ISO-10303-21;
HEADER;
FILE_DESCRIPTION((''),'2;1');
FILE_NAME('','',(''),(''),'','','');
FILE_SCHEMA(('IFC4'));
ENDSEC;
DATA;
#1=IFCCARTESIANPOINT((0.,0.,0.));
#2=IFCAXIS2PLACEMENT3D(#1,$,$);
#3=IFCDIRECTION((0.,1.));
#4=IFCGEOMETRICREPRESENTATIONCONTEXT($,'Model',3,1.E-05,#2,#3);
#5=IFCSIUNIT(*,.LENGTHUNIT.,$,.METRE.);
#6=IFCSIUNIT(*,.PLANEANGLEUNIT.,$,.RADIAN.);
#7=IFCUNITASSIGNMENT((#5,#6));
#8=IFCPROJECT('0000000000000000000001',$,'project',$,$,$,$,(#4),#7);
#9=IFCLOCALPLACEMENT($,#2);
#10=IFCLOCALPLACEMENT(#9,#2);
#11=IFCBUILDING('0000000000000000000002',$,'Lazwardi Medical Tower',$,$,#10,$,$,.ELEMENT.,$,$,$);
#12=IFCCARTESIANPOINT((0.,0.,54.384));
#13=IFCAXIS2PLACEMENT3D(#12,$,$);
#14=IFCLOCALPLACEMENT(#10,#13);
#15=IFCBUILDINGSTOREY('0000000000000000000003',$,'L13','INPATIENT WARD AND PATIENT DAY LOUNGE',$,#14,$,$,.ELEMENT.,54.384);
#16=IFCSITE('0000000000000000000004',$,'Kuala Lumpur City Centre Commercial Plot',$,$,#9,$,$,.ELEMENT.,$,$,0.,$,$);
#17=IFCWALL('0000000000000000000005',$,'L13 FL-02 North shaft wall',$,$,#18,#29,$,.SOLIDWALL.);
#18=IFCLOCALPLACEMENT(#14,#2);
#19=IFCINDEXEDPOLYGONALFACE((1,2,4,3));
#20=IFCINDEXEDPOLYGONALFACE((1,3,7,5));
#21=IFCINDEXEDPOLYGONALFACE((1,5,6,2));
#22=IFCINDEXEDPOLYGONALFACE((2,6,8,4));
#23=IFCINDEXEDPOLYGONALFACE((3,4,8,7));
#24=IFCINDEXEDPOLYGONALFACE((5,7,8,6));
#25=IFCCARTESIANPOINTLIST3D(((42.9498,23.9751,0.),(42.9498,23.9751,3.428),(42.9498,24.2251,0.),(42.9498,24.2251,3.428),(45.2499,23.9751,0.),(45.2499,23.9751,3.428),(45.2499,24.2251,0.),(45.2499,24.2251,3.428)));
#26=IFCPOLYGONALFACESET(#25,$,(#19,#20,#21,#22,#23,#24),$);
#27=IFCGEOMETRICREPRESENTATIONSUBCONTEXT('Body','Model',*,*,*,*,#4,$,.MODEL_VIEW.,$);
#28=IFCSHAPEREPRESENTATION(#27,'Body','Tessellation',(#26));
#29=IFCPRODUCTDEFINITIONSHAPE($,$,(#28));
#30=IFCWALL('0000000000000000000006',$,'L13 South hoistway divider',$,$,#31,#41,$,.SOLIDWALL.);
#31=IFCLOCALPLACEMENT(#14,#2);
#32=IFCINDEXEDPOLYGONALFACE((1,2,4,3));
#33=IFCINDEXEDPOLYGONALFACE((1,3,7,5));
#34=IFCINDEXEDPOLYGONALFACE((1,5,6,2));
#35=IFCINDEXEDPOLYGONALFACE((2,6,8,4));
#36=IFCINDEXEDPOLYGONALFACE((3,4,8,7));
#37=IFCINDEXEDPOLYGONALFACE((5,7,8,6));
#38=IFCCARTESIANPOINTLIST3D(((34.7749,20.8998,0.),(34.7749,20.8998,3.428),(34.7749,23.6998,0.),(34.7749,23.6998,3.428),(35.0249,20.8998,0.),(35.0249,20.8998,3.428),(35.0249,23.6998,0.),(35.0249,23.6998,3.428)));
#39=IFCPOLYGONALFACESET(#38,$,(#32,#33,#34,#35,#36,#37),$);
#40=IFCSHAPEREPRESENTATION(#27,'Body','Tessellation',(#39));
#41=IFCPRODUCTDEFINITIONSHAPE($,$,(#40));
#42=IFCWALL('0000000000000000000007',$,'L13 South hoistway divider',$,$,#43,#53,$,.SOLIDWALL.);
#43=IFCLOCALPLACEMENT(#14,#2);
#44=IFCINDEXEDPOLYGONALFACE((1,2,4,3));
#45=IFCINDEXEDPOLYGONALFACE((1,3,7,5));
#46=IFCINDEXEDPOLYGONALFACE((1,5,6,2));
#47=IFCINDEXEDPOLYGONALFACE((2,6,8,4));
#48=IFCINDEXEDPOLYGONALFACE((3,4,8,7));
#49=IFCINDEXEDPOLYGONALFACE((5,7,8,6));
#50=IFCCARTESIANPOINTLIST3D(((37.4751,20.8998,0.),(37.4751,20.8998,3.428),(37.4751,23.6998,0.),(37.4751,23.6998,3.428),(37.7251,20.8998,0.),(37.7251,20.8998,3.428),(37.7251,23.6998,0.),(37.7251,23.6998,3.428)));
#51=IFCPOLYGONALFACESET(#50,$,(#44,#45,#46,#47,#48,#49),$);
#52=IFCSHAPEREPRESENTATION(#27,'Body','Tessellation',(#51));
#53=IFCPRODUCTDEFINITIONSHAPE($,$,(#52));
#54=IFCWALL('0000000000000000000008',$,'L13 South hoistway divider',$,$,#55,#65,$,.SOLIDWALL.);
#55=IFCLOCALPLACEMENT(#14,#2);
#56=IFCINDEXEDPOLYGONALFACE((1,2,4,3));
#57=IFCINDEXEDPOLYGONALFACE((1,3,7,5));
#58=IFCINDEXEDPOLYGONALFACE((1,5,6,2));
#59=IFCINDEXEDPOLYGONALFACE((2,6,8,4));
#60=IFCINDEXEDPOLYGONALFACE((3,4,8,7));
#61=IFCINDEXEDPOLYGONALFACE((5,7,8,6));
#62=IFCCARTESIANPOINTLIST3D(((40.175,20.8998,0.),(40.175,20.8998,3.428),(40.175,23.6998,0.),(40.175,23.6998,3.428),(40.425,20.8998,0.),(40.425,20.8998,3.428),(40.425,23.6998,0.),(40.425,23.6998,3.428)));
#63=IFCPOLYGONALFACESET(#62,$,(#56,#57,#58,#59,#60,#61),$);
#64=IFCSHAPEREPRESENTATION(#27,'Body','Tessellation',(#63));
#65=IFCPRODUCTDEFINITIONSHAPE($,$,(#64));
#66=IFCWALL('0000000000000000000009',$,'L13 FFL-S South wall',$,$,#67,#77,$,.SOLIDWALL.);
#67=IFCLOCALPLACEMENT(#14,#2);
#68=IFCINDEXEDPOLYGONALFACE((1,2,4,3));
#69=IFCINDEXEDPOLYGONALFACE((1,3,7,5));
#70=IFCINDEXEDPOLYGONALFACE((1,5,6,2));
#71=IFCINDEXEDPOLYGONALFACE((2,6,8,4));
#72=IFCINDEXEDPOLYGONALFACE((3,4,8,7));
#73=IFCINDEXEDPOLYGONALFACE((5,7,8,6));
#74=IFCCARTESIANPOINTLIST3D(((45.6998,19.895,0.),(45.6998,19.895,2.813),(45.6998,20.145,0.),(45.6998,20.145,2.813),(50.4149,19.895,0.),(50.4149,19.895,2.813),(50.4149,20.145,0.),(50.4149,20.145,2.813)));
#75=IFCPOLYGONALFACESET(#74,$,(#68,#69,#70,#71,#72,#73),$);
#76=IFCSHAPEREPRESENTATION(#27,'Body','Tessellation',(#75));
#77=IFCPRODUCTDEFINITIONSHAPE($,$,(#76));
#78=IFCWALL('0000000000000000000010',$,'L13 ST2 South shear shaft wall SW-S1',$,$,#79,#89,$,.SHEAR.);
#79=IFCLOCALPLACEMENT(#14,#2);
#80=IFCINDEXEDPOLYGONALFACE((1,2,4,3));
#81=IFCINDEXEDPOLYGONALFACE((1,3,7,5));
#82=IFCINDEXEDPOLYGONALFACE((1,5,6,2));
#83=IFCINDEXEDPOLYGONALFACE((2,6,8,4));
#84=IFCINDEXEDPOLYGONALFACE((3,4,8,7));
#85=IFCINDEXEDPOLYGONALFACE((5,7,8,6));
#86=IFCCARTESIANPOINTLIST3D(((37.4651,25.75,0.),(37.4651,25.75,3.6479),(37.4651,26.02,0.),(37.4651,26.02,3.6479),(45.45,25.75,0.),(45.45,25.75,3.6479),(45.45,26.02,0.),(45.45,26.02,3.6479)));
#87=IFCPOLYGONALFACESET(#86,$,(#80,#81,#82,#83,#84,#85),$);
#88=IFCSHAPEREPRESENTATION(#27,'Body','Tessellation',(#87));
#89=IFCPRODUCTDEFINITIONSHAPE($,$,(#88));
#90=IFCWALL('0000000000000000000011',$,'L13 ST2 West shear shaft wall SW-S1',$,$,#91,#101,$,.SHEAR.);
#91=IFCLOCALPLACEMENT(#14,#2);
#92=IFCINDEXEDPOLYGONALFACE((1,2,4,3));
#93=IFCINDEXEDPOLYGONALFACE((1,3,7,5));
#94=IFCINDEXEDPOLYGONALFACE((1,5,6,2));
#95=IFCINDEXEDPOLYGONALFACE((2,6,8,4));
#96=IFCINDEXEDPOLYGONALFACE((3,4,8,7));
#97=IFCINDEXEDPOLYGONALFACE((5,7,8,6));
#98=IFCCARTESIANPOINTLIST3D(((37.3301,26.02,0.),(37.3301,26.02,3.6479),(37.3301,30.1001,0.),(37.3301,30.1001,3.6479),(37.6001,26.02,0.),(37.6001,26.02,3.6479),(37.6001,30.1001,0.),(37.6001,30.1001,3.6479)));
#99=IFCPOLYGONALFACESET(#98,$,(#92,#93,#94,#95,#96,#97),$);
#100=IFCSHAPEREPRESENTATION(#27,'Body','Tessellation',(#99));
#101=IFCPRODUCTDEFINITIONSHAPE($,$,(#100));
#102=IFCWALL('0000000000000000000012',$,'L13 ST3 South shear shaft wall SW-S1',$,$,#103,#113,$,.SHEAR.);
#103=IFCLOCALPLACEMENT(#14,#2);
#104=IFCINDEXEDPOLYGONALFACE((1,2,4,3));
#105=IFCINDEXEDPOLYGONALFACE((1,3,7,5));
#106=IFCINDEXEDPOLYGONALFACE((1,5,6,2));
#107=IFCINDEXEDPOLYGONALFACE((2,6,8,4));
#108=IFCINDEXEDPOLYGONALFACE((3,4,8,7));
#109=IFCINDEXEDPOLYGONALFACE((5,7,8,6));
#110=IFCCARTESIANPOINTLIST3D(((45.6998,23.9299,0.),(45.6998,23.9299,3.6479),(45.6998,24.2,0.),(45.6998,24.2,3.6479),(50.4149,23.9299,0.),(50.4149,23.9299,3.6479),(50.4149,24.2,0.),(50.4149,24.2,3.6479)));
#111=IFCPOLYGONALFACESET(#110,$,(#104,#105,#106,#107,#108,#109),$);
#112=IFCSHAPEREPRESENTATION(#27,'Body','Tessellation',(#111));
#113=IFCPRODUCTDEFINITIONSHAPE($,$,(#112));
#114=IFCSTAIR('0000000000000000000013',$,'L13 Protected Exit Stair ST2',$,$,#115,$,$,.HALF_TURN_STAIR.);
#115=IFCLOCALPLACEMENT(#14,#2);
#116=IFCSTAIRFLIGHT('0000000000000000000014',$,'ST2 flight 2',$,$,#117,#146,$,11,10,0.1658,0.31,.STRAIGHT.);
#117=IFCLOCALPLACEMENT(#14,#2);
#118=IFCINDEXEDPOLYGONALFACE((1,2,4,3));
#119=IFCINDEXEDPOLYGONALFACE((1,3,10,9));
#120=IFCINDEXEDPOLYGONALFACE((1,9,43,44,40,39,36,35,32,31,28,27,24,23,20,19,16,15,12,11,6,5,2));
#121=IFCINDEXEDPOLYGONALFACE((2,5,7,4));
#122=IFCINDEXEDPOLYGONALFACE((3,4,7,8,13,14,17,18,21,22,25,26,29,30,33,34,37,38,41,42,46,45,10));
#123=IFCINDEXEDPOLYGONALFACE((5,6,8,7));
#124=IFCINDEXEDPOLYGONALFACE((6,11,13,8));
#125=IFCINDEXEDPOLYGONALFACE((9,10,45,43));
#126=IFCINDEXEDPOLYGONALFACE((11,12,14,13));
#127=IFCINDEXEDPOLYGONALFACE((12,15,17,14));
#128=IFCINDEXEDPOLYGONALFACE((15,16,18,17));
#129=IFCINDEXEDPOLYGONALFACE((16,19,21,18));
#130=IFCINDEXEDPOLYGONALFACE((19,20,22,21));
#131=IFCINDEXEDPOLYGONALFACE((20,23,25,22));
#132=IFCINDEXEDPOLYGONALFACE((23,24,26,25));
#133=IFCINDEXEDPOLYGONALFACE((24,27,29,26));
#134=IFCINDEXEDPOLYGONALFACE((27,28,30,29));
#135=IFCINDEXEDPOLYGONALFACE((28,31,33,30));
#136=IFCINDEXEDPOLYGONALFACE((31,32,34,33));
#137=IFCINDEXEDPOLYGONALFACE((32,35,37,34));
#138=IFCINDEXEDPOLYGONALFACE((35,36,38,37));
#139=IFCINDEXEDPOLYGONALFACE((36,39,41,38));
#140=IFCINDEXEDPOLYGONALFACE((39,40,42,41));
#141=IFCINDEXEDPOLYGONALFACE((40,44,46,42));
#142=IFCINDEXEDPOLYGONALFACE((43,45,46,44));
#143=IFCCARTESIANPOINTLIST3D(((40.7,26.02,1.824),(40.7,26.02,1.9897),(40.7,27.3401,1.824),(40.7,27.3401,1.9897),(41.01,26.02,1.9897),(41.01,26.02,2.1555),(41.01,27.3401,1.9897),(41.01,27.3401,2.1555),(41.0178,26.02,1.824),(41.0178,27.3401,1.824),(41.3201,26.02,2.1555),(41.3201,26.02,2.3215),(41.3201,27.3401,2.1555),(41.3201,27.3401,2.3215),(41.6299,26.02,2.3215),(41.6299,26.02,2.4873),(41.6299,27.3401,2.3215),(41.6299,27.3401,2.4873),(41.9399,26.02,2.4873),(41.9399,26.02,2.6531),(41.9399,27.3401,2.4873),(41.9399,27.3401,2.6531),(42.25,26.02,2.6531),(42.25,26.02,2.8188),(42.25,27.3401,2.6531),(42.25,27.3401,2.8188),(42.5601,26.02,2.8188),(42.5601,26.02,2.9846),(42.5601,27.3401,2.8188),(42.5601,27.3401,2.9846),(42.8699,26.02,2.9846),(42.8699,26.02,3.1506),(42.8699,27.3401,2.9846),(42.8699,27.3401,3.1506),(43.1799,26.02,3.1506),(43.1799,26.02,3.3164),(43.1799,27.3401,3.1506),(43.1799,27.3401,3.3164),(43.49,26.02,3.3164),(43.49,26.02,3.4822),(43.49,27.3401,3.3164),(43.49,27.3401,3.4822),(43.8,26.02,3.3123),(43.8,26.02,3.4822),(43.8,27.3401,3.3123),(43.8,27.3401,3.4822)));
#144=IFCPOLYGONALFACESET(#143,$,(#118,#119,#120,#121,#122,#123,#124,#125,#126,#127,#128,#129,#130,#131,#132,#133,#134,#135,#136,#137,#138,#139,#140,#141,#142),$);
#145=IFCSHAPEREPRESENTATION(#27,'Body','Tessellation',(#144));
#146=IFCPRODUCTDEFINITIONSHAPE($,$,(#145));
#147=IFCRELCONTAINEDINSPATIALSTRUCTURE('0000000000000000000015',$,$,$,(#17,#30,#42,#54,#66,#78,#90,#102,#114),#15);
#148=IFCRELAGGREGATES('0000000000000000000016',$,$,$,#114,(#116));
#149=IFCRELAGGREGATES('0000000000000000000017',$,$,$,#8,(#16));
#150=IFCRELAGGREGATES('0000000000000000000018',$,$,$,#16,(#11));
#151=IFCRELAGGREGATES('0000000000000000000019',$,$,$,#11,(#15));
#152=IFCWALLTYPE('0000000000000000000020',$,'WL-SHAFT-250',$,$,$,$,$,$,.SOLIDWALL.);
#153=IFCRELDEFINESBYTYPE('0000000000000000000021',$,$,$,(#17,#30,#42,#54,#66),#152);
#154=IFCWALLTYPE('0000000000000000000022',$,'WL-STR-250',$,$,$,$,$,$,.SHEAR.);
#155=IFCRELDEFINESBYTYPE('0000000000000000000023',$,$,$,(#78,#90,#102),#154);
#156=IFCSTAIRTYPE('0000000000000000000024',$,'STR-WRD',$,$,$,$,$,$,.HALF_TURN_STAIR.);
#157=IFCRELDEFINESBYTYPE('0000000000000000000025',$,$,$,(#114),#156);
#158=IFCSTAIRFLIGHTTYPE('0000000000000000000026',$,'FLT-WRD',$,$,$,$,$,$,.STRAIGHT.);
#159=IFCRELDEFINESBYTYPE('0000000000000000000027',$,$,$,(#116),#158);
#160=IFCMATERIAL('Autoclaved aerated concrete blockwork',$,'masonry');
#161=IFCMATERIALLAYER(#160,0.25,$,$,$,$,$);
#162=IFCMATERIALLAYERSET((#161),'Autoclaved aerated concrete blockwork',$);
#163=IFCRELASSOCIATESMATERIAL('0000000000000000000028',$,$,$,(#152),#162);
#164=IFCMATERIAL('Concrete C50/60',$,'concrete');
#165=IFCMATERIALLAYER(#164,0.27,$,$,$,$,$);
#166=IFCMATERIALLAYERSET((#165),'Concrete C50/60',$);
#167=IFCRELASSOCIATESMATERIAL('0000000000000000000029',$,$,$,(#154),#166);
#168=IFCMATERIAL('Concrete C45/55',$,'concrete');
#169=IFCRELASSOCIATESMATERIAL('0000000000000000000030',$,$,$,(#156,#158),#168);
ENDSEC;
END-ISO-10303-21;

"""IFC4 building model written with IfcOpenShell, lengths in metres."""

from ifc_helpers import new_model, si_unit, direction, frame, frame_2d, origin, place, context, subcontext, project, spatial, polyline, rectangle, outline, extrude, material, layer, layer_set, type_object, element, aggregate, save


model = new_model("IFC4")

# Units and contexts
model_context = context("Model", 3, precision=1e-05, world=origin(), true_north=direction((0.0, 1.0)))
body_context = subcontext(model_context, "Body", "Model", "MODEL_VIEW")
ifc_project = project(units=[si_unit("LENGTHUNIT", "METRE"), si_unit("PLANEANGLEUNIT", "RADIAN")], contexts=[model_context])

# Site, building, storey
site_placement = place(None, origin())
site = spatial("IfcSite", under=ifc_project, at=site_placement, Name="Kuala Lumpur City Centre Commercial Plot", CompositionType="ELEMENT", RefElevation=0.0)
building_placement = place(site_placement, origin())
building = spatial("IfcBuilding", under=site, at=building_placement, Name="Lazwardi Medical Tower", CompositionType="ELEMENT")
storey_placement = place(building_placement, frame((0.0, 0.0, 54.384)))
storey = spatial("IfcBuildingStorey", under=building, at=storey_placement, Name="L13", Description="INPATIENT WARD AND PATIENT DAY LOUNGE", CompositionType="ELEMENT", Elevation=54.384)

# Walls
ifc_material_1 = material(Name="Autoclaved aerated concrete blockwork", Category="masonry")
ifc_layer_1 = layer(ifc_material_1, 0.25)
ifc_layer_set_1 = layer_set([ifc_layer_1], Name="Autoclaved aerated concrete blockwork")
wall_type_1 = type_object("IfcWallType", Name="WL-SHAFT-250", PredefinedType="SOLIDWALL", material=ifc_layer_set_1)
wall_1_placement = place(storey_placement, frame((42.95, 24.1001, 0.0), z_axis=(0.0, 0.0, 1.0), x_axis=(1.0, 0.0, 0.0)))
element("IfcWall", 1, at=wall_1_placement, inside=storey, type_object=wall_type_1, Name="L13 FL-02 North shaft wall", PredefinedType="SOLIDWALL", context=body_context, shape_type="SweptSolid", body=[
    extrude(rectangle(XDim=2.3, YDim=0.25, at=frame_2d((1.1499, 0.0))), origin(), (0.0, 0.0, 1.0), 3.428),
])
for number, where, z_axis, x_axis, name in (
    (2, (34.8999, 20.8999, 0.0), (0.0, 0.0, 1.0), (0.0, 1.0, 0.0), "L13 South hoistway divider"),
    (3, (37.6001, 20.8999, 0.0), (0.0, 0.0, 1.0), (0.0, 1.0, 0.0), "L13 South hoistway divider"),
    (4, (40.3, 20.8999, 0.0), (0.0, 0.0, 1.0), (0.0, 1.0, 0.0), "L13 South hoistway divider"),
):
    element("IfcWall", number, at=place(storey_placement, frame(where, z_axis=z_axis, x_axis=x_axis)), inside=storey, type_object=wall_type_1, Name=name, PredefinedType="SOLIDWALL", context=body_context, shape_type="SweptSolid", body=[
        extrude(rectangle(XDim=2.8, YDim=0.25, at=frame_2d((1.3999, 0.0))), origin(), (0.0, 0.0, 1.0), 3.428),
    ])
wall_2_placement = place(storey_placement, frame((45.7, 20.02, 0.0), z_axis=(0.0, 0.0, 1.0), x_axis=(1.0, 0.0, 0.0)))
element("IfcWall", 5, at=wall_2_placement, inside=storey, type_object=wall_type_1, Name="L13 FFL-S South wall", PredefinedType="SOLIDWALL", context=body_context, shape_type="SweptSolid", body=[
    extrude(rectangle(XDim=4.7151, YDim=0.25, at=frame_2d((2.3574, 0.0))), origin(), (0.0, 0.0, 1.0), 2.813),
])
ifc_material_2 = material(Name="Concrete C50/60", Category="concrete")
ifc_layer_2 = layer(ifc_material_2, 0.27)
ifc_layer_set_2 = layer_set([ifc_layer_2], Name="Concrete C50/60")
wall_type_2 = type_object("IfcWallType", Name="WL-STR-250", PredefinedType="SHEAR", material=ifc_layer_set_2)
wall_3_placement = place(storey_placement, frame((37.4651, 25.885, 0.0), z_axis=(0.0, 0.0, 1.0), x_axis=(1.0, 0.0, 0.0)))
element("IfcWall", 6, at=wall_3_placement, inside=storey, type_object=wall_type_2, Name="L13 ST2 South shear shaft wall SW-S1", PredefinedType="SHEAR", context=body_context, shape_type="SweptSolid", body=[
    extrude(rectangle(XDim=7.9849, YDim=0.27, at=frame_2d((3.9924, 0.0))), origin(), (0.0, 0.0, 1.0), 3.6479),
])
wall_4_placement = place(storey_placement, frame((37.4651, 26.02, 0.0), z_axis=(0.0, 0.0, 1.0), x_axis=(0.0, 1.0, 0.0)))
element("IfcWall", 7, at=wall_4_placement, inside=storey, type_object=wall_type_2, Name="L13 ST2 West shear shaft wall SW-S1", PredefinedType="SHEAR", context=body_context, shape_type="SweptSolid", body=[
    extrude(rectangle(XDim=4.0801, YDim=0.27, at=frame_2d((2.04, 0.0))), origin(), (0.0, 0.0, 1.0), 3.6479),
])
wall_5_placement = place(storey_placement, frame((45.7, 24.0649, 0.0), z_axis=(0.0, 0.0, 1.0), x_axis=(1.0, 0.0, 0.0)))
element("IfcWall", 8, at=wall_5_placement, inside=storey, type_object=wall_type_2, Name="L13 ST3 South shear shaft wall SW-S1", PredefinedType="SHEAR", context=body_context, shape_type="SweptSolid", body=[
    extrude(rectangle(XDim=4.7151, YDim=0.27, at=frame_2d((2.3574, 0.0))), origin(), (0.0, 0.0, 1.0), 3.6479),
])

# Stair, stair flight
ifc_material_3 = material(Name="Concrete C45/55", Category="concrete")
stair_type = type_object("IfcStairType", Name="STR-WRD", PredefinedType="HALF_TURN_STAIR", material=ifc_material_3)
stair_placement = place(storey_placement, origin())
stair = element("IfcStair", 9, at=stair_placement, inside=storey, type_object=stair_type, Name="L13 Protected Exit Stair ST2", PredefinedType="HALF_TURN_STAIR")
stair_flight_type = type_object("IfcStairFlightType", Name="FLT-WRD", PredefinedType="STRAIGHT", material=ifc_material_3)
stair_flight_placement = place(storey_placement, frame((40.7, 26.6799, 1.824), z_axis=(0.0, 0.0, 1.0), x_axis=(1.0, 0.0, 0.0)))
stair_flight = element("IfcStairFlight", 10, at=stair_flight_placement, type_object=stair_flight_type, Name="ST2 flight 2", NumberOfRisers=11, NumberOfTreads=10, PredefinedType="STRAIGHT", RiserHeight=0.1658, TreadLength=0.31, context=body_context, shape_type="SweptSolid", body=[
    extrude(outline(polyline([(0.0, 0.0), (0.0, 0.1658), (0.3101, 0.1658), (0.3101, 0.3315), (0.6201, 0.3315), (0.6201, 0.4976), (0.9299, 0.4976), (0.9299, 0.6633), (1.24, 0.6633), (1.24, 0.8291), (1.55, 0.8291), (1.55, 0.9949), (1.8601, 0.9949), (1.8601, 1.1606), (2.1699, 1.1606), (2.1699, 1.3267), (2.48, 1.3267), (2.48, 1.4924), (2.79, 1.4924), (2.79, 1.6582), (3.1001, 1.6582), (3.1001, 1.824), (3.1001, 1.4883), (0.3179, 0.0), (0.0, 0.0)])), frame((0.0, 0.6602, 0.0), z_axis=(0.0, -1.0, 0.0), x_axis=(1.0, 0.0, 0.0)), (0.0, 0.0, 1.0), 1.3201),
])
aggregate(stair, [stair_flight])

save(model, "model.ifc")
